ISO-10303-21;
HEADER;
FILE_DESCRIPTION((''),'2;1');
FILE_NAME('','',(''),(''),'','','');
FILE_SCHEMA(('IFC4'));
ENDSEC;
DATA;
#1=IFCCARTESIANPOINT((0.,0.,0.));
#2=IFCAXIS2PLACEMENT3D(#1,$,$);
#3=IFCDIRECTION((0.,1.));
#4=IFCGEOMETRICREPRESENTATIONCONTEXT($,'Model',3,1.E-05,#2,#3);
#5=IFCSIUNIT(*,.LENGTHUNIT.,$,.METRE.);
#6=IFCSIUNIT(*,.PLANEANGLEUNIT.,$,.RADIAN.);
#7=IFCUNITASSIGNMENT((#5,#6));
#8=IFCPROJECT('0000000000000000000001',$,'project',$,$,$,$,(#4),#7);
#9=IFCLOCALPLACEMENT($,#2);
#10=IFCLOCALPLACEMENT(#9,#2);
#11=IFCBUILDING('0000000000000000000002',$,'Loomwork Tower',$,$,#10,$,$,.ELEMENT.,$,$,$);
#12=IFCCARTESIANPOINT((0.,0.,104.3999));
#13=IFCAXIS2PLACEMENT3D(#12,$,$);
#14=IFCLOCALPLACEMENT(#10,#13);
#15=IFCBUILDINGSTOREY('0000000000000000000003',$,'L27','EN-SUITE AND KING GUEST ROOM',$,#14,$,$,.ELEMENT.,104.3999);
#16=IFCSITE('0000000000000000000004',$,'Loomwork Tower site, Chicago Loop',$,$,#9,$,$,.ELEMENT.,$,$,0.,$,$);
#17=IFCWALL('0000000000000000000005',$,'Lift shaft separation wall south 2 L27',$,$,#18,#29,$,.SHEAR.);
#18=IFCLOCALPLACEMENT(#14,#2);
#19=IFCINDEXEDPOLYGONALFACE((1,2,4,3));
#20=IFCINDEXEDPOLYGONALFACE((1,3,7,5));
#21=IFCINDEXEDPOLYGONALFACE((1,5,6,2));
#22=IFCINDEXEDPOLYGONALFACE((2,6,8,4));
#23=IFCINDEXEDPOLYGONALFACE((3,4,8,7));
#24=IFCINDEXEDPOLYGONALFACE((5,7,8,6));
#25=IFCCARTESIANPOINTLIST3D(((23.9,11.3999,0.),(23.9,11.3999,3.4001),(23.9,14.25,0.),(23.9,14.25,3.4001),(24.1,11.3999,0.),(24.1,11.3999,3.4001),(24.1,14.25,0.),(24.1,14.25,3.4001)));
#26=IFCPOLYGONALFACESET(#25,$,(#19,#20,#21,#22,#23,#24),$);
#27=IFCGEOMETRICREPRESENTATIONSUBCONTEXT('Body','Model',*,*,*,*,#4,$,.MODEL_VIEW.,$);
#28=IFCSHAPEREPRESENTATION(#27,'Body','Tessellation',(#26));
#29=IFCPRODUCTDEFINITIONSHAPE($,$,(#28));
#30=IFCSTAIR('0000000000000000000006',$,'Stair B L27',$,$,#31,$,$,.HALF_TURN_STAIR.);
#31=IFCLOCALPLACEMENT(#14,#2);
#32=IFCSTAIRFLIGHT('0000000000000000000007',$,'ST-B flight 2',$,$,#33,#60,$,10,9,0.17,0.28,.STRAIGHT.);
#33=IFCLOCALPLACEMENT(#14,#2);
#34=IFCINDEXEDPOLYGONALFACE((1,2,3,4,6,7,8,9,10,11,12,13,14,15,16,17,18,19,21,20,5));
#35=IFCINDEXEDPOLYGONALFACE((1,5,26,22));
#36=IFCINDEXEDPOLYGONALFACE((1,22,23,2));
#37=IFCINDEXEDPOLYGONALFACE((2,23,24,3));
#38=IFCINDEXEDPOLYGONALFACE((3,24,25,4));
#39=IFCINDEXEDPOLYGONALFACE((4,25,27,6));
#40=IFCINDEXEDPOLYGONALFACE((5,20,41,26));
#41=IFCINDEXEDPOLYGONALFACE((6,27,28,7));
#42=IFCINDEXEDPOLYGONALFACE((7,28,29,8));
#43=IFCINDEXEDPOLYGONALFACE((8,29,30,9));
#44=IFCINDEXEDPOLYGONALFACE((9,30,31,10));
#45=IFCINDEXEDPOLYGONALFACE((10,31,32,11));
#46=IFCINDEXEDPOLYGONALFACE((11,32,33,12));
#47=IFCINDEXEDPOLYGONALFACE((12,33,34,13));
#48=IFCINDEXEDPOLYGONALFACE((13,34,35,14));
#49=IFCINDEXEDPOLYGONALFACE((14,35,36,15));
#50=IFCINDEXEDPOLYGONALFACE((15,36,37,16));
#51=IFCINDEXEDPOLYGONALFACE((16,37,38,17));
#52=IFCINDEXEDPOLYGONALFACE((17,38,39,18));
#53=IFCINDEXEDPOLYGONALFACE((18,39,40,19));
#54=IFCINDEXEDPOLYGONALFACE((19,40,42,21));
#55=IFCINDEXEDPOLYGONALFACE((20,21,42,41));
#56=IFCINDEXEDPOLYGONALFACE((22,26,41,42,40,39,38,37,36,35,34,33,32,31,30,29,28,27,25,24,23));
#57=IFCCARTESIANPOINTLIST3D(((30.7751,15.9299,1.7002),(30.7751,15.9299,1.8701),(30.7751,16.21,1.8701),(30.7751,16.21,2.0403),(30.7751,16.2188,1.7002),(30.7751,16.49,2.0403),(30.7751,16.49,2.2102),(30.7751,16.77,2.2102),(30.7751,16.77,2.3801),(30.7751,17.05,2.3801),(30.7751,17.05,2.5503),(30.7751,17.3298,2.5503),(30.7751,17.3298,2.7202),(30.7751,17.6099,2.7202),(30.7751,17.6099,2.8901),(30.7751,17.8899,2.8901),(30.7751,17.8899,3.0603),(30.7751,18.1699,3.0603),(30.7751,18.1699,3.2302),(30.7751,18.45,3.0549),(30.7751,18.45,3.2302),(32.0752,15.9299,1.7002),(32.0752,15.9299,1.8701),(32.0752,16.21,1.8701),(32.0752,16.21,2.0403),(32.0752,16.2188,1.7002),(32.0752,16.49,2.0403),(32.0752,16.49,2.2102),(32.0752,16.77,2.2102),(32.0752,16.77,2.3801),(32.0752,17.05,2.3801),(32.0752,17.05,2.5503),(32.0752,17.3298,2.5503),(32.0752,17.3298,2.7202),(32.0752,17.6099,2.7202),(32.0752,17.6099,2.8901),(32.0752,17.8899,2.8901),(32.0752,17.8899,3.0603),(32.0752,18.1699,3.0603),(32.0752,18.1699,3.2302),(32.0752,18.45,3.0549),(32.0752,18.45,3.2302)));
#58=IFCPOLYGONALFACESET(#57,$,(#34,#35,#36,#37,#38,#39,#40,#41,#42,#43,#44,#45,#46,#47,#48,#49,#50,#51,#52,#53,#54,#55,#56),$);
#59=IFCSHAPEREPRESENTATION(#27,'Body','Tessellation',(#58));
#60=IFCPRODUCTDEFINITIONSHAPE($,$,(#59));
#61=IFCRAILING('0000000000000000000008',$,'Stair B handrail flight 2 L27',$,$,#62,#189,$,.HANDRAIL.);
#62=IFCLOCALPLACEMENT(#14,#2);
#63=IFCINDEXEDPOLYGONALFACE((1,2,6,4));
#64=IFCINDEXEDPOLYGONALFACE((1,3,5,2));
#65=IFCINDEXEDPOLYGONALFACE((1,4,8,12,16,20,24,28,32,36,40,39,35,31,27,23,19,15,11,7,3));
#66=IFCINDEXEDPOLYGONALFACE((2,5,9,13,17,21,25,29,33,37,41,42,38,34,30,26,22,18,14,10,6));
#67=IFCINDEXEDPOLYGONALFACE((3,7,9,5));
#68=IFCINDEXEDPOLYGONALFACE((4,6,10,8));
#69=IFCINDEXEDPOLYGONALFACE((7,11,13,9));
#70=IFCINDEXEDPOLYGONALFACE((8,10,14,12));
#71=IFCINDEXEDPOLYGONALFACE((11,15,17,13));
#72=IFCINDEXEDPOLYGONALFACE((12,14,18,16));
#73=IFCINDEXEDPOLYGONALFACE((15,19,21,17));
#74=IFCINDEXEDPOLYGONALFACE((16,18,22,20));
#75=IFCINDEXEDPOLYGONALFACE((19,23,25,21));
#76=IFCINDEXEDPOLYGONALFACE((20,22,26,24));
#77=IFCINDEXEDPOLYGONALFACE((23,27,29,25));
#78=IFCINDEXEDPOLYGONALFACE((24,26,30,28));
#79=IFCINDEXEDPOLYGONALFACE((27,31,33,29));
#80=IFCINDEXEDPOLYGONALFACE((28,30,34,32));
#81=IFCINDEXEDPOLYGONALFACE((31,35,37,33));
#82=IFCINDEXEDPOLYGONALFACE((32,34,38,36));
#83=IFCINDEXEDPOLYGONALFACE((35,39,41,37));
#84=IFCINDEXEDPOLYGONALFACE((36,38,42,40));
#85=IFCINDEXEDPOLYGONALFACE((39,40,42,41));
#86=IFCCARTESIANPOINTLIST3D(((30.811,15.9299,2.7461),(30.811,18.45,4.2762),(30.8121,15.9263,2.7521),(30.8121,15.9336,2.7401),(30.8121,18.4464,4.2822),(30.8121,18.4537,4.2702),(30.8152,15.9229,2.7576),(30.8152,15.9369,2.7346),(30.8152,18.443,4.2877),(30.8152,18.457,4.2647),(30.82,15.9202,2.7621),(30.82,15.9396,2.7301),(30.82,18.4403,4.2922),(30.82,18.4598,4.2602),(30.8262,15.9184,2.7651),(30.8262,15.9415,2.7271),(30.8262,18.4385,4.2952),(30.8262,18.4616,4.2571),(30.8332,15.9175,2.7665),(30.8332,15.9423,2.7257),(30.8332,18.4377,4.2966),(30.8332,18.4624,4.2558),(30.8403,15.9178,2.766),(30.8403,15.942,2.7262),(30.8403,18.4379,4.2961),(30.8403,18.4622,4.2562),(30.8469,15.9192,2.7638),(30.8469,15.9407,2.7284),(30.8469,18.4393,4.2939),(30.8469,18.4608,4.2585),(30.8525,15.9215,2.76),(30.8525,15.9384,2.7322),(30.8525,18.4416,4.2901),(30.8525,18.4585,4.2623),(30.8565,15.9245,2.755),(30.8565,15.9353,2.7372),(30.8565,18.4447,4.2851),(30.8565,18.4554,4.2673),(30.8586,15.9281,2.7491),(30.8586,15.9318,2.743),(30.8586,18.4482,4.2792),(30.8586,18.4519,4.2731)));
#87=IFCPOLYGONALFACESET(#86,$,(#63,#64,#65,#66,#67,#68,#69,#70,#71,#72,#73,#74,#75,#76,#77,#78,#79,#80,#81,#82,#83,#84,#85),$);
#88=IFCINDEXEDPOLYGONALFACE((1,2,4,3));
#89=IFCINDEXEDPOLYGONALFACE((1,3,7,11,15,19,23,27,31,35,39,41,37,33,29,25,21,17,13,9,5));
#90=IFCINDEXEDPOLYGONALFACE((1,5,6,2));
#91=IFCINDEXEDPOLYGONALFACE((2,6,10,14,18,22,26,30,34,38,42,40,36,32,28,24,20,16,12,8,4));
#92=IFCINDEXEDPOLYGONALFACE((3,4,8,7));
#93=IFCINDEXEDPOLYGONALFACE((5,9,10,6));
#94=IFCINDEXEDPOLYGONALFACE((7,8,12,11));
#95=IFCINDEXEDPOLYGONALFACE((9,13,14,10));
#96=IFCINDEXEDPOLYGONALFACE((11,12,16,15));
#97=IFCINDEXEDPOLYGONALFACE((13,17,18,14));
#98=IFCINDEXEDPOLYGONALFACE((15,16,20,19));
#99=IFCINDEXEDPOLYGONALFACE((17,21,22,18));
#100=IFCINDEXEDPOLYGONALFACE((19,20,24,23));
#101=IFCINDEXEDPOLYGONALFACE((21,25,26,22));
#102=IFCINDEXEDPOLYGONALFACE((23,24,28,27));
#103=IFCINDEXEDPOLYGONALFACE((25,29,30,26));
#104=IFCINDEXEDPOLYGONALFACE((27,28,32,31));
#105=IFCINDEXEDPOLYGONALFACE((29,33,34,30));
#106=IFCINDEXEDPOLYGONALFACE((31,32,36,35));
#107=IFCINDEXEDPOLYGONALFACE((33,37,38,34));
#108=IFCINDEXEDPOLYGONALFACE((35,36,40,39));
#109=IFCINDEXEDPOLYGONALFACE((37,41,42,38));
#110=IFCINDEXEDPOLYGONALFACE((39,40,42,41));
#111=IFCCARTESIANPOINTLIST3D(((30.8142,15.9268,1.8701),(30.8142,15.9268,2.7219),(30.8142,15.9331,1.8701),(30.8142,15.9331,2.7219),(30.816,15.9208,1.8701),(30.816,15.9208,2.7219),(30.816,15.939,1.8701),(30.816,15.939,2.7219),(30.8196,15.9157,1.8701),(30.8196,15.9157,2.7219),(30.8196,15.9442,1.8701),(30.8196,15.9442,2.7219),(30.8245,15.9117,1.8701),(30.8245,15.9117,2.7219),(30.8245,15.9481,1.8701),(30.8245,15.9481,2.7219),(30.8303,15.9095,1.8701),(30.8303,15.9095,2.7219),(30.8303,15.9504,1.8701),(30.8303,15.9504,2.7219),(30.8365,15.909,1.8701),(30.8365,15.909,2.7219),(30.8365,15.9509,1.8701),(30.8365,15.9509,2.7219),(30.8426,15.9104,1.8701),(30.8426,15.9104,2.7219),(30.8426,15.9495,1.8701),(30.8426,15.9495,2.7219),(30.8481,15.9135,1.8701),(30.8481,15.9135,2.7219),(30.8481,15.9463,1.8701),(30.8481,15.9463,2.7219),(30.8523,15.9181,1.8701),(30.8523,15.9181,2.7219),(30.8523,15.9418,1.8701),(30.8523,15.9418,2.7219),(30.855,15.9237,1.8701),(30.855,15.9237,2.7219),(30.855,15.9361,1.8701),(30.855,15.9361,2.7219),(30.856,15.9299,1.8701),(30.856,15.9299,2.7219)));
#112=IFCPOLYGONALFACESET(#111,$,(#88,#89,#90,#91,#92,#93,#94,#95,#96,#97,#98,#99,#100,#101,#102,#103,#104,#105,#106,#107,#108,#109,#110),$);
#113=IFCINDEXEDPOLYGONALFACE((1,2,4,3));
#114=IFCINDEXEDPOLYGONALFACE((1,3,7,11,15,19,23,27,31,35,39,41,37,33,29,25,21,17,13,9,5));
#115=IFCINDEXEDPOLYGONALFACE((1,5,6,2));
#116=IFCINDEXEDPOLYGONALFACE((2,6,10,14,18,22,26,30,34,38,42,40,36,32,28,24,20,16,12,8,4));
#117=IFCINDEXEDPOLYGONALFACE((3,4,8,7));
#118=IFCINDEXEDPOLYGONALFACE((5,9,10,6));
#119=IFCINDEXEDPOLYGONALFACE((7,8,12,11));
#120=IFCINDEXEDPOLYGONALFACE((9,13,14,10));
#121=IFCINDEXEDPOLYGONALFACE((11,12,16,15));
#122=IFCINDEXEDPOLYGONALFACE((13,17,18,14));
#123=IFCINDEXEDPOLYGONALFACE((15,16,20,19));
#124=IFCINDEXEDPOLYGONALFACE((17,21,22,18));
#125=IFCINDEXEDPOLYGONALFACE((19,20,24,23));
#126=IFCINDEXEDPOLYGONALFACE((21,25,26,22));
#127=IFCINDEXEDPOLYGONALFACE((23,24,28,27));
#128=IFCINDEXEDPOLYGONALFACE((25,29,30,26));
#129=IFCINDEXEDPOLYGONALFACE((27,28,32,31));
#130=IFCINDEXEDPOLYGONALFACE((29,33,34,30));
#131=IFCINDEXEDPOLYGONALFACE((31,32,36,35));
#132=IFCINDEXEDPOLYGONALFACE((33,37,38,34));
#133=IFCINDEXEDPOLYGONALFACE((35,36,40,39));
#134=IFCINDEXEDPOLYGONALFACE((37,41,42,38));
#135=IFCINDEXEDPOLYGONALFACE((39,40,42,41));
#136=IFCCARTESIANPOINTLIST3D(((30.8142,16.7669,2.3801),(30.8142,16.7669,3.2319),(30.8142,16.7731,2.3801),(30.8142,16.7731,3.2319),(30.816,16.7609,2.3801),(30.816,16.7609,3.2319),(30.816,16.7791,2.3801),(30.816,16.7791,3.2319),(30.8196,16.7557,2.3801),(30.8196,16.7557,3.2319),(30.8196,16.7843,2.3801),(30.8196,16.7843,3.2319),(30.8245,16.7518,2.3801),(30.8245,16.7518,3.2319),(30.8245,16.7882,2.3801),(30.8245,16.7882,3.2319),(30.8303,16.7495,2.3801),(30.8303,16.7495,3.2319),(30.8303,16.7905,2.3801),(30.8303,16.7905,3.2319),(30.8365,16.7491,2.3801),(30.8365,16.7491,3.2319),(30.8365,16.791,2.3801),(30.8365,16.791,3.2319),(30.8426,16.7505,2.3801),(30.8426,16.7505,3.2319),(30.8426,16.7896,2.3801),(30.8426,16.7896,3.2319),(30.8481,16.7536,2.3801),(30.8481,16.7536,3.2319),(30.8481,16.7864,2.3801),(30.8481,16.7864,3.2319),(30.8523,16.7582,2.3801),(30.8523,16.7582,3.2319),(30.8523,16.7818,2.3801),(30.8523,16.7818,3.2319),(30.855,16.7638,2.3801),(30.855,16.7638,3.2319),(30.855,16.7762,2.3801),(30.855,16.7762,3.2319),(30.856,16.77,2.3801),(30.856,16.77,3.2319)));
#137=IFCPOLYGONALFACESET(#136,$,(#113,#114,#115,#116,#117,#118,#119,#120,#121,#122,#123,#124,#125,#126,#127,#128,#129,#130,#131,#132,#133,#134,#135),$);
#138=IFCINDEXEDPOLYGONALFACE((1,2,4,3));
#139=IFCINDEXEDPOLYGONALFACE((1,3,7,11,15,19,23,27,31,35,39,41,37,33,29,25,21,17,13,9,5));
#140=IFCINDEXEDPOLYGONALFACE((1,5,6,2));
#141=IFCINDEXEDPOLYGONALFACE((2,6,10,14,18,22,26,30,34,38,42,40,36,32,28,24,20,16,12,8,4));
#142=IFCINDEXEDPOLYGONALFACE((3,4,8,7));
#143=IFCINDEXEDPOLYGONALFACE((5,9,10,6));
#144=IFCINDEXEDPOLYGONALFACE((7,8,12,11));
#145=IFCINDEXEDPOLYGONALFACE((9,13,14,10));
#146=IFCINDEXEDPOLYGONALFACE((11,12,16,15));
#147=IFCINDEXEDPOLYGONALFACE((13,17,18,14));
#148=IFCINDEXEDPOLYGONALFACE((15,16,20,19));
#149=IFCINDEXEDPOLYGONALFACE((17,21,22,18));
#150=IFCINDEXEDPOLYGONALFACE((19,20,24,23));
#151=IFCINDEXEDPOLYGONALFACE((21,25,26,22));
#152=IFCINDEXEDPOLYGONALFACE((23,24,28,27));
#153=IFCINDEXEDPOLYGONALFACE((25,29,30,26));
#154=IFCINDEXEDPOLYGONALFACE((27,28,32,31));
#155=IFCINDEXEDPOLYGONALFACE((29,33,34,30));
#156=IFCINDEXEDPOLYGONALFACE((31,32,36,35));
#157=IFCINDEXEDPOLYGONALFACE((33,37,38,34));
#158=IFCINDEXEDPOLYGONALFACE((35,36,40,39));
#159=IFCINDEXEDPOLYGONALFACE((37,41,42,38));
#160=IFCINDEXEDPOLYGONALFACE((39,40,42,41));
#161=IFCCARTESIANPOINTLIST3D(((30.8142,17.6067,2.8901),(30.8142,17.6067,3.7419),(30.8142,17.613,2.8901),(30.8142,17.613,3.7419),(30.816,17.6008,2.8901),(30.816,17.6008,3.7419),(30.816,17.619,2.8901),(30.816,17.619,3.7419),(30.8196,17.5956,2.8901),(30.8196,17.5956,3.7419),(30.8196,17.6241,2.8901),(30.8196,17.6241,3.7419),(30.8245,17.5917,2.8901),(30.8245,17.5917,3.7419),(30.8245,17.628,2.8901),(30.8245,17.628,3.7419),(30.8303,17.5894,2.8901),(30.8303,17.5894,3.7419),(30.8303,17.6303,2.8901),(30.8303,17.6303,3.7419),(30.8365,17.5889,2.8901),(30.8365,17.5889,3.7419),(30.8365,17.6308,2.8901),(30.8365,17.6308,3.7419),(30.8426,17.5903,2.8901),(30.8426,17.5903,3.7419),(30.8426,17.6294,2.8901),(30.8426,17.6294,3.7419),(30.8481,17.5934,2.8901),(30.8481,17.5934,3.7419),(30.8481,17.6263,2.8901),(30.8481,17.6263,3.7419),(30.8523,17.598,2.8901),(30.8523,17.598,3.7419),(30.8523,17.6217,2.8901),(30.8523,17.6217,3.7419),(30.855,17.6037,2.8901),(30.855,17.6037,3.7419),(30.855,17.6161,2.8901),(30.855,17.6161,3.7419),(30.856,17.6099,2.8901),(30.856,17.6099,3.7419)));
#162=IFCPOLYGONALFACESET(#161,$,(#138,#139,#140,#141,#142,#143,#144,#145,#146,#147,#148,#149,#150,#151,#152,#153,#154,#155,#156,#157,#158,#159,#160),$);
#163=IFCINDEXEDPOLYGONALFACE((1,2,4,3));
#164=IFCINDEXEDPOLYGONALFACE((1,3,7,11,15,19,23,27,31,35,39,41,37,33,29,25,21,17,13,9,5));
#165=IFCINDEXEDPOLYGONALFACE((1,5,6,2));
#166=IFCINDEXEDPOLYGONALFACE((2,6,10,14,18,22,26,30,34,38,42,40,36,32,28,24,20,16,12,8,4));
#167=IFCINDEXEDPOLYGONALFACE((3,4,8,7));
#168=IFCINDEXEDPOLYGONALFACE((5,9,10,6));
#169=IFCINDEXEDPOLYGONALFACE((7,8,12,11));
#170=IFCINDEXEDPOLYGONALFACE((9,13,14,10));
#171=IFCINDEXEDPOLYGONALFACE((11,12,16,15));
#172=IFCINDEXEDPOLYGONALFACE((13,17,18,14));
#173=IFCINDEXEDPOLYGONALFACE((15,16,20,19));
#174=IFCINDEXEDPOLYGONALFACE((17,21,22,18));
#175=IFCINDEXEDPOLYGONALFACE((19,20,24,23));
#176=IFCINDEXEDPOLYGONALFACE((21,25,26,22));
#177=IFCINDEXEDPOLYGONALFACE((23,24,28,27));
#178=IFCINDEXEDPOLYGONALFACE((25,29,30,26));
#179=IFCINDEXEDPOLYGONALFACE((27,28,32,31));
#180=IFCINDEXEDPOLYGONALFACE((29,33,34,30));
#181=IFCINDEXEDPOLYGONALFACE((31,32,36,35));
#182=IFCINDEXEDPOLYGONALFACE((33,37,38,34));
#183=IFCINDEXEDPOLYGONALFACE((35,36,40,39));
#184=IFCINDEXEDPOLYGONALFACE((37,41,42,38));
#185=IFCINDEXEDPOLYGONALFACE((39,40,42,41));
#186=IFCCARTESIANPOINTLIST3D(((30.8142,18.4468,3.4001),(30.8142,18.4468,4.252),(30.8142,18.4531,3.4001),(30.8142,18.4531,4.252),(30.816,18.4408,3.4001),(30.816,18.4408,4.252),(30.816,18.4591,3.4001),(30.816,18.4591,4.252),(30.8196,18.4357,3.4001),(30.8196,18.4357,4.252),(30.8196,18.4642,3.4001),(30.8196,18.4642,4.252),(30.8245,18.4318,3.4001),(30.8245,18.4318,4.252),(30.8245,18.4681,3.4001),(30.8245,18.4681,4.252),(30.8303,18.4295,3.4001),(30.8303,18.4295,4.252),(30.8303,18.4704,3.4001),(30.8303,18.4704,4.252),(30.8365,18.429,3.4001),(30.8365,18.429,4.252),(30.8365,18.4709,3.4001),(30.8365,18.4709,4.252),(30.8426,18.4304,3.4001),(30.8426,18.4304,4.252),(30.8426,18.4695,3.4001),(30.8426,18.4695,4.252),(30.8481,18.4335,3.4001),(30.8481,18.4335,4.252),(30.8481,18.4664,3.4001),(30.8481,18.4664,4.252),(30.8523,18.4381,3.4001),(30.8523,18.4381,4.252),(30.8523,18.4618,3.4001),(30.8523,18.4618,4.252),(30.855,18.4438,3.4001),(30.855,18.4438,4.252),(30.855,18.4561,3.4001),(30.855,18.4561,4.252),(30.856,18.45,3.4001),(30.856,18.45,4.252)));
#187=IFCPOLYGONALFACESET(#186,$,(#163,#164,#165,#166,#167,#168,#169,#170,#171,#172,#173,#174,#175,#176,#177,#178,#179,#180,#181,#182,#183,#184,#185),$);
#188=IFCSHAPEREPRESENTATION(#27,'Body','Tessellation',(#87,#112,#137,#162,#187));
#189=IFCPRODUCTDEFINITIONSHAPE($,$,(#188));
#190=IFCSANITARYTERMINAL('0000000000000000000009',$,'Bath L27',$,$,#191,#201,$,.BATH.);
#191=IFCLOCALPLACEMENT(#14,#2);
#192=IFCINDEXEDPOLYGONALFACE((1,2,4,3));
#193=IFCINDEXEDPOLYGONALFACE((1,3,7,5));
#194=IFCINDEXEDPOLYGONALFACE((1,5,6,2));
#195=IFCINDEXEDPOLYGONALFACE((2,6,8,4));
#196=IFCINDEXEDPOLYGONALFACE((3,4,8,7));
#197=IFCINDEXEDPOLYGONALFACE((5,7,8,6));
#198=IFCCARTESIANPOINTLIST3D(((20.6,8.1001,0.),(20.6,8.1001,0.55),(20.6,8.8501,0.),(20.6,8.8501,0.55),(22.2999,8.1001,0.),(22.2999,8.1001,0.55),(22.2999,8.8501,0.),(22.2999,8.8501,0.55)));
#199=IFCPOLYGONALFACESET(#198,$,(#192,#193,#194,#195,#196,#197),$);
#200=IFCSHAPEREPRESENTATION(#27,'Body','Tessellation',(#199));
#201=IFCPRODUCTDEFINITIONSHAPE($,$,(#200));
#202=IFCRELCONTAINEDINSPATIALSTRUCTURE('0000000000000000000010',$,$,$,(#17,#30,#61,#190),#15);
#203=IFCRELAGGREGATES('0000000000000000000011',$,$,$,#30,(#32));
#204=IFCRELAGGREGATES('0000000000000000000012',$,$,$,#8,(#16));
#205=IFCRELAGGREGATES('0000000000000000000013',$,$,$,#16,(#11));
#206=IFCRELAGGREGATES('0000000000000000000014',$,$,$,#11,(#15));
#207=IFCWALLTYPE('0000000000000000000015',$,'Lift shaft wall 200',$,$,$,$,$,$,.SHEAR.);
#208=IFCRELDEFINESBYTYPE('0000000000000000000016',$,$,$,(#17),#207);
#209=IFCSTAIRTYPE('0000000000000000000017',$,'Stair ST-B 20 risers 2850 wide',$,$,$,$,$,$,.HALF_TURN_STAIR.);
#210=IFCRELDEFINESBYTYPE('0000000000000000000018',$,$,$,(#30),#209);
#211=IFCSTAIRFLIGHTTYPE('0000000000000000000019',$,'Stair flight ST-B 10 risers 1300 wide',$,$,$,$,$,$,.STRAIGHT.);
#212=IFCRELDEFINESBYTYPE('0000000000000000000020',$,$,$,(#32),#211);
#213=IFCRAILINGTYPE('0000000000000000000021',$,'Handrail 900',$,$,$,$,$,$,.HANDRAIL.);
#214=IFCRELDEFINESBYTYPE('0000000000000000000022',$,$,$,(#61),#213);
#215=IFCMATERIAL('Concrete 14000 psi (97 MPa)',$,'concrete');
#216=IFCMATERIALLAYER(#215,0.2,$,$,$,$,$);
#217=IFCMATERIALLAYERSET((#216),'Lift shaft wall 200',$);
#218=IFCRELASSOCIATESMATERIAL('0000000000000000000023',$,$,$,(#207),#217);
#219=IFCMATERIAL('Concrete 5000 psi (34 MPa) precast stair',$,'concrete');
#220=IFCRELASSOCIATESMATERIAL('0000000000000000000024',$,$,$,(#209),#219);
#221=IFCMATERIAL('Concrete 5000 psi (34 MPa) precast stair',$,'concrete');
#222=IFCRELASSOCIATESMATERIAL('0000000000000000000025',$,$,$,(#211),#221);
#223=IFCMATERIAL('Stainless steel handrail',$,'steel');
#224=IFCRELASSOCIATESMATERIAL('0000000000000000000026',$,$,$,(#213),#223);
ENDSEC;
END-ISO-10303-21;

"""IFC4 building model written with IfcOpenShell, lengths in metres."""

from ifc_helpers import new_model, si_unit, direction, frame, frame_2d, origin, origin_2d, place, context, subcontext, project, spatial, polyline, rectangle, circle, outline, extrude, material, layer, layer_set, type_object, element, aggregate, save


model = new_model("IFC4")

# Units and contexts
model_context = context("Model", 3, precision=1e-05, world=origin(), true_north=direction((0.0, 1.0)))
body_context = subcontext(model_context, "Body", "Model", "MODEL_VIEW")
ifc_project = project(units=[si_unit("LENGTHUNIT", "METRE"), si_unit("PLANEANGLEUNIT", "RADIAN")], contexts=[model_context])

# Site, building, storey
site_placement = place(None, origin())
site = spatial("IfcSite", under=ifc_project, at=site_placement, Name="Loomwork Tower site, Chicago Loop", CompositionType="ELEMENT", RefElevation=0.0)
building_placement = place(site_placement, origin())
building = spatial("IfcBuilding", under=site, at=building_placement, Name="Loomwork Tower", CompositionType="ELEMENT")
storey_placement = place(building_placement, frame((0.0, 0.0, 104.3999)))
storey = spatial("IfcBuildingStorey", under=building, at=storey_placement, Name="L27", Description="EN-SUITE AND KING GUEST ROOM", CompositionType="ELEMENT", Elevation=104.3999)

# Wall
ifc_material_1 = material(Name="Concrete 14000 psi (97 MPa)", Category="concrete")
ifc_layer_1 = layer(ifc_material_1, 0.2)
ifc_layer_set_1 = layer_set([ifc_layer_1], Name="Lift shaft wall 200")
wall_type_1 = type_object("IfcWallType", Name="Lift shaft wall 200", PredefinedType="SHEAR", material=ifc_layer_set_1)
for number, where, z_axis, x_axis, name in (
    (1, (24.0, 11.3999, 0.0), (0.0, 0.0, 1.0), (0.0, 1.0, 0.0), "Lift shaft separation wall south 2 L27"),
):
    element("IfcWall", number, at=place(storey_placement, frame(where, z_axis=z_axis, x_axis=x_axis)), inside=storey, type_object=wall_type_1, Name=name, PredefinedType="SHEAR", context=body_context, shape_type="SweptSolid", body=[
        extrude(rectangle(XDim=2.8501, YDim=0.2, at=frame_2d((1.425, 0.0))), origin(), (0.0, 0.0, 1.0), 3.4001),
    ])

# Stair, stair flight
ifc_material_2 = material(Name="Concrete 5000 psi (34 MPa) precast stair", Category="concrete")
stair_type = type_object("IfcStairType", Name="Stair ST-B 20 risers 2850 wide", PredefinedType="HALF_TURN_STAIR", material=ifc_material_2)
stair_placement = place(storey_placement, origin())
stair = element("IfcStair", 2, at=stair_placement, inside=storey, type_object=stair_type, Name="Stair B L27", PredefinedType="HALF_TURN_STAIR")
ifc_material_3 = material(Name="Concrete 5000 psi (34 MPa) precast stair", Category="concrete")
stair_flight_type = type_object("IfcStairFlightType", Name="Stair flight ST-B 10 risers 1300 wide", PredefinedType="STRAIGHT", material=ifc_material_3)
stair_flight_placement = place(storey_placement, frame((31.425, 15.9299, 1.7002), z_axis=(0.0, 0.0, 1.0), x_axis=(0.0, 1.0, 0.0)))
stair_flight = element("IfcStairFlight", 3, at=stair_flight_placement, type_object=stair_flight_type, Name="ST-B flight 2", NumberOfRisers=10, NumberOfTreads=9, PredefinedType="STRAIGHT", RiserHeight=0.17, TreadLength=0.28, context=body_context, shape_type="SweptSolid", body=[
    extrude(outline(polyline([(0.0, 0.0), (0.0, 0.1699), (0.28, 0.1699), (0.28, 0.3401), (0.5601, 0.3401), (0.5601, 0.51), (0.8401, 0.51), (0.8401, 0.6799), (1.1201, 0.6799), (1.1201, 0.8501), (1.3999, 0.8501), (1.3999, 1.02), (1.6799, 1.02), (1.6799, 1.1899), (1.96, 1.1899), (1.96, 1.3601), (2.24, 1.3601), (2.24, 1.53), (2.52, 1.53), (2.52, 1.7), (2.52, 1.3547), (0.2888, 0.0), (0.0, 0.0)])), frame((0.0, 0.6499, 0.0), z_axis=(0.0, -1.0, 0.0), x_axis=(1.0, 0.0, 0.0)), (0.0, 0.0, 1.0), 1.3),
])
aggregate(stair, [stair_flight])

# Railing
ifc_material_4 = material(Name="Stainless steel handrail", Category="steel")
railing_type = type_object("IfcRailingType", Name="Handrail 900", PredefinedType="HANDRAIL", material=ifc_material_4)
railing_placement = place(storey_placement, frame((30.835, 15.9299, 1.8701)))
element("IfcRailing", 4, at=railing_placement, inside=storey, type_object=railing_type, Name="Stair B handrail flight 2 L27", PredefinedType="HANDRAIL", context=body_context, shape_type="SweptSolid", body=[
    extrude(circle(Radius=0.0239, at=origin_2d()), frame((0.0, 0.0, 0.876), z_axis=(0.0, 0.854785, 0.518982), x_axis=(-1.0, 0.0, 0.0)), (0.0, 0.0, 1.0), 2.9482),
    extrude(circle(Radius=0.021, at=origin_2d()), origin(), (0.0, 0.0, 1.0), 0.8518),
    extrude(circle(Radius=0.021, at=origin_2d()), frame((0.0, 0.8401, 0.51)), (0.0, 0.0, 1.0), 0.8518),
    extrude(circle(Radius=0.021, at=origin_2d()), frame((0.0, 1.6799, 1.02)), (0.0, 0.0, 1.0), 0.8518),
    extrude(circle(Radius=0.021, at=origin_2d()), frame((0.0, 2.52, 1.53)), (0.0, 0.0, 1.0), 0.8518),
])

# Sanitary terminal
sanitary_terminal_1_placement = place(storey_placement, frame((21.45, 8.4751, 0.0), z_axis=(0.0, 0.0, 1.0), x_axis=(1.0, 0.0, 0.0)))
element("IfcSanitaryTerminal", 5, at=sanitary_terminal_1_placement, inside=storey, Name="Bath L27", PredefinedType="BATH", context=body_context, shape_type="SweptSolid", body=[
    extrude(rectangle(XDim=1.7, YDim=0.75, at=origin_2d()), origin(), (0.0, 0.0, 1.0), 0.55),
])

save(model, "model.ifc")
